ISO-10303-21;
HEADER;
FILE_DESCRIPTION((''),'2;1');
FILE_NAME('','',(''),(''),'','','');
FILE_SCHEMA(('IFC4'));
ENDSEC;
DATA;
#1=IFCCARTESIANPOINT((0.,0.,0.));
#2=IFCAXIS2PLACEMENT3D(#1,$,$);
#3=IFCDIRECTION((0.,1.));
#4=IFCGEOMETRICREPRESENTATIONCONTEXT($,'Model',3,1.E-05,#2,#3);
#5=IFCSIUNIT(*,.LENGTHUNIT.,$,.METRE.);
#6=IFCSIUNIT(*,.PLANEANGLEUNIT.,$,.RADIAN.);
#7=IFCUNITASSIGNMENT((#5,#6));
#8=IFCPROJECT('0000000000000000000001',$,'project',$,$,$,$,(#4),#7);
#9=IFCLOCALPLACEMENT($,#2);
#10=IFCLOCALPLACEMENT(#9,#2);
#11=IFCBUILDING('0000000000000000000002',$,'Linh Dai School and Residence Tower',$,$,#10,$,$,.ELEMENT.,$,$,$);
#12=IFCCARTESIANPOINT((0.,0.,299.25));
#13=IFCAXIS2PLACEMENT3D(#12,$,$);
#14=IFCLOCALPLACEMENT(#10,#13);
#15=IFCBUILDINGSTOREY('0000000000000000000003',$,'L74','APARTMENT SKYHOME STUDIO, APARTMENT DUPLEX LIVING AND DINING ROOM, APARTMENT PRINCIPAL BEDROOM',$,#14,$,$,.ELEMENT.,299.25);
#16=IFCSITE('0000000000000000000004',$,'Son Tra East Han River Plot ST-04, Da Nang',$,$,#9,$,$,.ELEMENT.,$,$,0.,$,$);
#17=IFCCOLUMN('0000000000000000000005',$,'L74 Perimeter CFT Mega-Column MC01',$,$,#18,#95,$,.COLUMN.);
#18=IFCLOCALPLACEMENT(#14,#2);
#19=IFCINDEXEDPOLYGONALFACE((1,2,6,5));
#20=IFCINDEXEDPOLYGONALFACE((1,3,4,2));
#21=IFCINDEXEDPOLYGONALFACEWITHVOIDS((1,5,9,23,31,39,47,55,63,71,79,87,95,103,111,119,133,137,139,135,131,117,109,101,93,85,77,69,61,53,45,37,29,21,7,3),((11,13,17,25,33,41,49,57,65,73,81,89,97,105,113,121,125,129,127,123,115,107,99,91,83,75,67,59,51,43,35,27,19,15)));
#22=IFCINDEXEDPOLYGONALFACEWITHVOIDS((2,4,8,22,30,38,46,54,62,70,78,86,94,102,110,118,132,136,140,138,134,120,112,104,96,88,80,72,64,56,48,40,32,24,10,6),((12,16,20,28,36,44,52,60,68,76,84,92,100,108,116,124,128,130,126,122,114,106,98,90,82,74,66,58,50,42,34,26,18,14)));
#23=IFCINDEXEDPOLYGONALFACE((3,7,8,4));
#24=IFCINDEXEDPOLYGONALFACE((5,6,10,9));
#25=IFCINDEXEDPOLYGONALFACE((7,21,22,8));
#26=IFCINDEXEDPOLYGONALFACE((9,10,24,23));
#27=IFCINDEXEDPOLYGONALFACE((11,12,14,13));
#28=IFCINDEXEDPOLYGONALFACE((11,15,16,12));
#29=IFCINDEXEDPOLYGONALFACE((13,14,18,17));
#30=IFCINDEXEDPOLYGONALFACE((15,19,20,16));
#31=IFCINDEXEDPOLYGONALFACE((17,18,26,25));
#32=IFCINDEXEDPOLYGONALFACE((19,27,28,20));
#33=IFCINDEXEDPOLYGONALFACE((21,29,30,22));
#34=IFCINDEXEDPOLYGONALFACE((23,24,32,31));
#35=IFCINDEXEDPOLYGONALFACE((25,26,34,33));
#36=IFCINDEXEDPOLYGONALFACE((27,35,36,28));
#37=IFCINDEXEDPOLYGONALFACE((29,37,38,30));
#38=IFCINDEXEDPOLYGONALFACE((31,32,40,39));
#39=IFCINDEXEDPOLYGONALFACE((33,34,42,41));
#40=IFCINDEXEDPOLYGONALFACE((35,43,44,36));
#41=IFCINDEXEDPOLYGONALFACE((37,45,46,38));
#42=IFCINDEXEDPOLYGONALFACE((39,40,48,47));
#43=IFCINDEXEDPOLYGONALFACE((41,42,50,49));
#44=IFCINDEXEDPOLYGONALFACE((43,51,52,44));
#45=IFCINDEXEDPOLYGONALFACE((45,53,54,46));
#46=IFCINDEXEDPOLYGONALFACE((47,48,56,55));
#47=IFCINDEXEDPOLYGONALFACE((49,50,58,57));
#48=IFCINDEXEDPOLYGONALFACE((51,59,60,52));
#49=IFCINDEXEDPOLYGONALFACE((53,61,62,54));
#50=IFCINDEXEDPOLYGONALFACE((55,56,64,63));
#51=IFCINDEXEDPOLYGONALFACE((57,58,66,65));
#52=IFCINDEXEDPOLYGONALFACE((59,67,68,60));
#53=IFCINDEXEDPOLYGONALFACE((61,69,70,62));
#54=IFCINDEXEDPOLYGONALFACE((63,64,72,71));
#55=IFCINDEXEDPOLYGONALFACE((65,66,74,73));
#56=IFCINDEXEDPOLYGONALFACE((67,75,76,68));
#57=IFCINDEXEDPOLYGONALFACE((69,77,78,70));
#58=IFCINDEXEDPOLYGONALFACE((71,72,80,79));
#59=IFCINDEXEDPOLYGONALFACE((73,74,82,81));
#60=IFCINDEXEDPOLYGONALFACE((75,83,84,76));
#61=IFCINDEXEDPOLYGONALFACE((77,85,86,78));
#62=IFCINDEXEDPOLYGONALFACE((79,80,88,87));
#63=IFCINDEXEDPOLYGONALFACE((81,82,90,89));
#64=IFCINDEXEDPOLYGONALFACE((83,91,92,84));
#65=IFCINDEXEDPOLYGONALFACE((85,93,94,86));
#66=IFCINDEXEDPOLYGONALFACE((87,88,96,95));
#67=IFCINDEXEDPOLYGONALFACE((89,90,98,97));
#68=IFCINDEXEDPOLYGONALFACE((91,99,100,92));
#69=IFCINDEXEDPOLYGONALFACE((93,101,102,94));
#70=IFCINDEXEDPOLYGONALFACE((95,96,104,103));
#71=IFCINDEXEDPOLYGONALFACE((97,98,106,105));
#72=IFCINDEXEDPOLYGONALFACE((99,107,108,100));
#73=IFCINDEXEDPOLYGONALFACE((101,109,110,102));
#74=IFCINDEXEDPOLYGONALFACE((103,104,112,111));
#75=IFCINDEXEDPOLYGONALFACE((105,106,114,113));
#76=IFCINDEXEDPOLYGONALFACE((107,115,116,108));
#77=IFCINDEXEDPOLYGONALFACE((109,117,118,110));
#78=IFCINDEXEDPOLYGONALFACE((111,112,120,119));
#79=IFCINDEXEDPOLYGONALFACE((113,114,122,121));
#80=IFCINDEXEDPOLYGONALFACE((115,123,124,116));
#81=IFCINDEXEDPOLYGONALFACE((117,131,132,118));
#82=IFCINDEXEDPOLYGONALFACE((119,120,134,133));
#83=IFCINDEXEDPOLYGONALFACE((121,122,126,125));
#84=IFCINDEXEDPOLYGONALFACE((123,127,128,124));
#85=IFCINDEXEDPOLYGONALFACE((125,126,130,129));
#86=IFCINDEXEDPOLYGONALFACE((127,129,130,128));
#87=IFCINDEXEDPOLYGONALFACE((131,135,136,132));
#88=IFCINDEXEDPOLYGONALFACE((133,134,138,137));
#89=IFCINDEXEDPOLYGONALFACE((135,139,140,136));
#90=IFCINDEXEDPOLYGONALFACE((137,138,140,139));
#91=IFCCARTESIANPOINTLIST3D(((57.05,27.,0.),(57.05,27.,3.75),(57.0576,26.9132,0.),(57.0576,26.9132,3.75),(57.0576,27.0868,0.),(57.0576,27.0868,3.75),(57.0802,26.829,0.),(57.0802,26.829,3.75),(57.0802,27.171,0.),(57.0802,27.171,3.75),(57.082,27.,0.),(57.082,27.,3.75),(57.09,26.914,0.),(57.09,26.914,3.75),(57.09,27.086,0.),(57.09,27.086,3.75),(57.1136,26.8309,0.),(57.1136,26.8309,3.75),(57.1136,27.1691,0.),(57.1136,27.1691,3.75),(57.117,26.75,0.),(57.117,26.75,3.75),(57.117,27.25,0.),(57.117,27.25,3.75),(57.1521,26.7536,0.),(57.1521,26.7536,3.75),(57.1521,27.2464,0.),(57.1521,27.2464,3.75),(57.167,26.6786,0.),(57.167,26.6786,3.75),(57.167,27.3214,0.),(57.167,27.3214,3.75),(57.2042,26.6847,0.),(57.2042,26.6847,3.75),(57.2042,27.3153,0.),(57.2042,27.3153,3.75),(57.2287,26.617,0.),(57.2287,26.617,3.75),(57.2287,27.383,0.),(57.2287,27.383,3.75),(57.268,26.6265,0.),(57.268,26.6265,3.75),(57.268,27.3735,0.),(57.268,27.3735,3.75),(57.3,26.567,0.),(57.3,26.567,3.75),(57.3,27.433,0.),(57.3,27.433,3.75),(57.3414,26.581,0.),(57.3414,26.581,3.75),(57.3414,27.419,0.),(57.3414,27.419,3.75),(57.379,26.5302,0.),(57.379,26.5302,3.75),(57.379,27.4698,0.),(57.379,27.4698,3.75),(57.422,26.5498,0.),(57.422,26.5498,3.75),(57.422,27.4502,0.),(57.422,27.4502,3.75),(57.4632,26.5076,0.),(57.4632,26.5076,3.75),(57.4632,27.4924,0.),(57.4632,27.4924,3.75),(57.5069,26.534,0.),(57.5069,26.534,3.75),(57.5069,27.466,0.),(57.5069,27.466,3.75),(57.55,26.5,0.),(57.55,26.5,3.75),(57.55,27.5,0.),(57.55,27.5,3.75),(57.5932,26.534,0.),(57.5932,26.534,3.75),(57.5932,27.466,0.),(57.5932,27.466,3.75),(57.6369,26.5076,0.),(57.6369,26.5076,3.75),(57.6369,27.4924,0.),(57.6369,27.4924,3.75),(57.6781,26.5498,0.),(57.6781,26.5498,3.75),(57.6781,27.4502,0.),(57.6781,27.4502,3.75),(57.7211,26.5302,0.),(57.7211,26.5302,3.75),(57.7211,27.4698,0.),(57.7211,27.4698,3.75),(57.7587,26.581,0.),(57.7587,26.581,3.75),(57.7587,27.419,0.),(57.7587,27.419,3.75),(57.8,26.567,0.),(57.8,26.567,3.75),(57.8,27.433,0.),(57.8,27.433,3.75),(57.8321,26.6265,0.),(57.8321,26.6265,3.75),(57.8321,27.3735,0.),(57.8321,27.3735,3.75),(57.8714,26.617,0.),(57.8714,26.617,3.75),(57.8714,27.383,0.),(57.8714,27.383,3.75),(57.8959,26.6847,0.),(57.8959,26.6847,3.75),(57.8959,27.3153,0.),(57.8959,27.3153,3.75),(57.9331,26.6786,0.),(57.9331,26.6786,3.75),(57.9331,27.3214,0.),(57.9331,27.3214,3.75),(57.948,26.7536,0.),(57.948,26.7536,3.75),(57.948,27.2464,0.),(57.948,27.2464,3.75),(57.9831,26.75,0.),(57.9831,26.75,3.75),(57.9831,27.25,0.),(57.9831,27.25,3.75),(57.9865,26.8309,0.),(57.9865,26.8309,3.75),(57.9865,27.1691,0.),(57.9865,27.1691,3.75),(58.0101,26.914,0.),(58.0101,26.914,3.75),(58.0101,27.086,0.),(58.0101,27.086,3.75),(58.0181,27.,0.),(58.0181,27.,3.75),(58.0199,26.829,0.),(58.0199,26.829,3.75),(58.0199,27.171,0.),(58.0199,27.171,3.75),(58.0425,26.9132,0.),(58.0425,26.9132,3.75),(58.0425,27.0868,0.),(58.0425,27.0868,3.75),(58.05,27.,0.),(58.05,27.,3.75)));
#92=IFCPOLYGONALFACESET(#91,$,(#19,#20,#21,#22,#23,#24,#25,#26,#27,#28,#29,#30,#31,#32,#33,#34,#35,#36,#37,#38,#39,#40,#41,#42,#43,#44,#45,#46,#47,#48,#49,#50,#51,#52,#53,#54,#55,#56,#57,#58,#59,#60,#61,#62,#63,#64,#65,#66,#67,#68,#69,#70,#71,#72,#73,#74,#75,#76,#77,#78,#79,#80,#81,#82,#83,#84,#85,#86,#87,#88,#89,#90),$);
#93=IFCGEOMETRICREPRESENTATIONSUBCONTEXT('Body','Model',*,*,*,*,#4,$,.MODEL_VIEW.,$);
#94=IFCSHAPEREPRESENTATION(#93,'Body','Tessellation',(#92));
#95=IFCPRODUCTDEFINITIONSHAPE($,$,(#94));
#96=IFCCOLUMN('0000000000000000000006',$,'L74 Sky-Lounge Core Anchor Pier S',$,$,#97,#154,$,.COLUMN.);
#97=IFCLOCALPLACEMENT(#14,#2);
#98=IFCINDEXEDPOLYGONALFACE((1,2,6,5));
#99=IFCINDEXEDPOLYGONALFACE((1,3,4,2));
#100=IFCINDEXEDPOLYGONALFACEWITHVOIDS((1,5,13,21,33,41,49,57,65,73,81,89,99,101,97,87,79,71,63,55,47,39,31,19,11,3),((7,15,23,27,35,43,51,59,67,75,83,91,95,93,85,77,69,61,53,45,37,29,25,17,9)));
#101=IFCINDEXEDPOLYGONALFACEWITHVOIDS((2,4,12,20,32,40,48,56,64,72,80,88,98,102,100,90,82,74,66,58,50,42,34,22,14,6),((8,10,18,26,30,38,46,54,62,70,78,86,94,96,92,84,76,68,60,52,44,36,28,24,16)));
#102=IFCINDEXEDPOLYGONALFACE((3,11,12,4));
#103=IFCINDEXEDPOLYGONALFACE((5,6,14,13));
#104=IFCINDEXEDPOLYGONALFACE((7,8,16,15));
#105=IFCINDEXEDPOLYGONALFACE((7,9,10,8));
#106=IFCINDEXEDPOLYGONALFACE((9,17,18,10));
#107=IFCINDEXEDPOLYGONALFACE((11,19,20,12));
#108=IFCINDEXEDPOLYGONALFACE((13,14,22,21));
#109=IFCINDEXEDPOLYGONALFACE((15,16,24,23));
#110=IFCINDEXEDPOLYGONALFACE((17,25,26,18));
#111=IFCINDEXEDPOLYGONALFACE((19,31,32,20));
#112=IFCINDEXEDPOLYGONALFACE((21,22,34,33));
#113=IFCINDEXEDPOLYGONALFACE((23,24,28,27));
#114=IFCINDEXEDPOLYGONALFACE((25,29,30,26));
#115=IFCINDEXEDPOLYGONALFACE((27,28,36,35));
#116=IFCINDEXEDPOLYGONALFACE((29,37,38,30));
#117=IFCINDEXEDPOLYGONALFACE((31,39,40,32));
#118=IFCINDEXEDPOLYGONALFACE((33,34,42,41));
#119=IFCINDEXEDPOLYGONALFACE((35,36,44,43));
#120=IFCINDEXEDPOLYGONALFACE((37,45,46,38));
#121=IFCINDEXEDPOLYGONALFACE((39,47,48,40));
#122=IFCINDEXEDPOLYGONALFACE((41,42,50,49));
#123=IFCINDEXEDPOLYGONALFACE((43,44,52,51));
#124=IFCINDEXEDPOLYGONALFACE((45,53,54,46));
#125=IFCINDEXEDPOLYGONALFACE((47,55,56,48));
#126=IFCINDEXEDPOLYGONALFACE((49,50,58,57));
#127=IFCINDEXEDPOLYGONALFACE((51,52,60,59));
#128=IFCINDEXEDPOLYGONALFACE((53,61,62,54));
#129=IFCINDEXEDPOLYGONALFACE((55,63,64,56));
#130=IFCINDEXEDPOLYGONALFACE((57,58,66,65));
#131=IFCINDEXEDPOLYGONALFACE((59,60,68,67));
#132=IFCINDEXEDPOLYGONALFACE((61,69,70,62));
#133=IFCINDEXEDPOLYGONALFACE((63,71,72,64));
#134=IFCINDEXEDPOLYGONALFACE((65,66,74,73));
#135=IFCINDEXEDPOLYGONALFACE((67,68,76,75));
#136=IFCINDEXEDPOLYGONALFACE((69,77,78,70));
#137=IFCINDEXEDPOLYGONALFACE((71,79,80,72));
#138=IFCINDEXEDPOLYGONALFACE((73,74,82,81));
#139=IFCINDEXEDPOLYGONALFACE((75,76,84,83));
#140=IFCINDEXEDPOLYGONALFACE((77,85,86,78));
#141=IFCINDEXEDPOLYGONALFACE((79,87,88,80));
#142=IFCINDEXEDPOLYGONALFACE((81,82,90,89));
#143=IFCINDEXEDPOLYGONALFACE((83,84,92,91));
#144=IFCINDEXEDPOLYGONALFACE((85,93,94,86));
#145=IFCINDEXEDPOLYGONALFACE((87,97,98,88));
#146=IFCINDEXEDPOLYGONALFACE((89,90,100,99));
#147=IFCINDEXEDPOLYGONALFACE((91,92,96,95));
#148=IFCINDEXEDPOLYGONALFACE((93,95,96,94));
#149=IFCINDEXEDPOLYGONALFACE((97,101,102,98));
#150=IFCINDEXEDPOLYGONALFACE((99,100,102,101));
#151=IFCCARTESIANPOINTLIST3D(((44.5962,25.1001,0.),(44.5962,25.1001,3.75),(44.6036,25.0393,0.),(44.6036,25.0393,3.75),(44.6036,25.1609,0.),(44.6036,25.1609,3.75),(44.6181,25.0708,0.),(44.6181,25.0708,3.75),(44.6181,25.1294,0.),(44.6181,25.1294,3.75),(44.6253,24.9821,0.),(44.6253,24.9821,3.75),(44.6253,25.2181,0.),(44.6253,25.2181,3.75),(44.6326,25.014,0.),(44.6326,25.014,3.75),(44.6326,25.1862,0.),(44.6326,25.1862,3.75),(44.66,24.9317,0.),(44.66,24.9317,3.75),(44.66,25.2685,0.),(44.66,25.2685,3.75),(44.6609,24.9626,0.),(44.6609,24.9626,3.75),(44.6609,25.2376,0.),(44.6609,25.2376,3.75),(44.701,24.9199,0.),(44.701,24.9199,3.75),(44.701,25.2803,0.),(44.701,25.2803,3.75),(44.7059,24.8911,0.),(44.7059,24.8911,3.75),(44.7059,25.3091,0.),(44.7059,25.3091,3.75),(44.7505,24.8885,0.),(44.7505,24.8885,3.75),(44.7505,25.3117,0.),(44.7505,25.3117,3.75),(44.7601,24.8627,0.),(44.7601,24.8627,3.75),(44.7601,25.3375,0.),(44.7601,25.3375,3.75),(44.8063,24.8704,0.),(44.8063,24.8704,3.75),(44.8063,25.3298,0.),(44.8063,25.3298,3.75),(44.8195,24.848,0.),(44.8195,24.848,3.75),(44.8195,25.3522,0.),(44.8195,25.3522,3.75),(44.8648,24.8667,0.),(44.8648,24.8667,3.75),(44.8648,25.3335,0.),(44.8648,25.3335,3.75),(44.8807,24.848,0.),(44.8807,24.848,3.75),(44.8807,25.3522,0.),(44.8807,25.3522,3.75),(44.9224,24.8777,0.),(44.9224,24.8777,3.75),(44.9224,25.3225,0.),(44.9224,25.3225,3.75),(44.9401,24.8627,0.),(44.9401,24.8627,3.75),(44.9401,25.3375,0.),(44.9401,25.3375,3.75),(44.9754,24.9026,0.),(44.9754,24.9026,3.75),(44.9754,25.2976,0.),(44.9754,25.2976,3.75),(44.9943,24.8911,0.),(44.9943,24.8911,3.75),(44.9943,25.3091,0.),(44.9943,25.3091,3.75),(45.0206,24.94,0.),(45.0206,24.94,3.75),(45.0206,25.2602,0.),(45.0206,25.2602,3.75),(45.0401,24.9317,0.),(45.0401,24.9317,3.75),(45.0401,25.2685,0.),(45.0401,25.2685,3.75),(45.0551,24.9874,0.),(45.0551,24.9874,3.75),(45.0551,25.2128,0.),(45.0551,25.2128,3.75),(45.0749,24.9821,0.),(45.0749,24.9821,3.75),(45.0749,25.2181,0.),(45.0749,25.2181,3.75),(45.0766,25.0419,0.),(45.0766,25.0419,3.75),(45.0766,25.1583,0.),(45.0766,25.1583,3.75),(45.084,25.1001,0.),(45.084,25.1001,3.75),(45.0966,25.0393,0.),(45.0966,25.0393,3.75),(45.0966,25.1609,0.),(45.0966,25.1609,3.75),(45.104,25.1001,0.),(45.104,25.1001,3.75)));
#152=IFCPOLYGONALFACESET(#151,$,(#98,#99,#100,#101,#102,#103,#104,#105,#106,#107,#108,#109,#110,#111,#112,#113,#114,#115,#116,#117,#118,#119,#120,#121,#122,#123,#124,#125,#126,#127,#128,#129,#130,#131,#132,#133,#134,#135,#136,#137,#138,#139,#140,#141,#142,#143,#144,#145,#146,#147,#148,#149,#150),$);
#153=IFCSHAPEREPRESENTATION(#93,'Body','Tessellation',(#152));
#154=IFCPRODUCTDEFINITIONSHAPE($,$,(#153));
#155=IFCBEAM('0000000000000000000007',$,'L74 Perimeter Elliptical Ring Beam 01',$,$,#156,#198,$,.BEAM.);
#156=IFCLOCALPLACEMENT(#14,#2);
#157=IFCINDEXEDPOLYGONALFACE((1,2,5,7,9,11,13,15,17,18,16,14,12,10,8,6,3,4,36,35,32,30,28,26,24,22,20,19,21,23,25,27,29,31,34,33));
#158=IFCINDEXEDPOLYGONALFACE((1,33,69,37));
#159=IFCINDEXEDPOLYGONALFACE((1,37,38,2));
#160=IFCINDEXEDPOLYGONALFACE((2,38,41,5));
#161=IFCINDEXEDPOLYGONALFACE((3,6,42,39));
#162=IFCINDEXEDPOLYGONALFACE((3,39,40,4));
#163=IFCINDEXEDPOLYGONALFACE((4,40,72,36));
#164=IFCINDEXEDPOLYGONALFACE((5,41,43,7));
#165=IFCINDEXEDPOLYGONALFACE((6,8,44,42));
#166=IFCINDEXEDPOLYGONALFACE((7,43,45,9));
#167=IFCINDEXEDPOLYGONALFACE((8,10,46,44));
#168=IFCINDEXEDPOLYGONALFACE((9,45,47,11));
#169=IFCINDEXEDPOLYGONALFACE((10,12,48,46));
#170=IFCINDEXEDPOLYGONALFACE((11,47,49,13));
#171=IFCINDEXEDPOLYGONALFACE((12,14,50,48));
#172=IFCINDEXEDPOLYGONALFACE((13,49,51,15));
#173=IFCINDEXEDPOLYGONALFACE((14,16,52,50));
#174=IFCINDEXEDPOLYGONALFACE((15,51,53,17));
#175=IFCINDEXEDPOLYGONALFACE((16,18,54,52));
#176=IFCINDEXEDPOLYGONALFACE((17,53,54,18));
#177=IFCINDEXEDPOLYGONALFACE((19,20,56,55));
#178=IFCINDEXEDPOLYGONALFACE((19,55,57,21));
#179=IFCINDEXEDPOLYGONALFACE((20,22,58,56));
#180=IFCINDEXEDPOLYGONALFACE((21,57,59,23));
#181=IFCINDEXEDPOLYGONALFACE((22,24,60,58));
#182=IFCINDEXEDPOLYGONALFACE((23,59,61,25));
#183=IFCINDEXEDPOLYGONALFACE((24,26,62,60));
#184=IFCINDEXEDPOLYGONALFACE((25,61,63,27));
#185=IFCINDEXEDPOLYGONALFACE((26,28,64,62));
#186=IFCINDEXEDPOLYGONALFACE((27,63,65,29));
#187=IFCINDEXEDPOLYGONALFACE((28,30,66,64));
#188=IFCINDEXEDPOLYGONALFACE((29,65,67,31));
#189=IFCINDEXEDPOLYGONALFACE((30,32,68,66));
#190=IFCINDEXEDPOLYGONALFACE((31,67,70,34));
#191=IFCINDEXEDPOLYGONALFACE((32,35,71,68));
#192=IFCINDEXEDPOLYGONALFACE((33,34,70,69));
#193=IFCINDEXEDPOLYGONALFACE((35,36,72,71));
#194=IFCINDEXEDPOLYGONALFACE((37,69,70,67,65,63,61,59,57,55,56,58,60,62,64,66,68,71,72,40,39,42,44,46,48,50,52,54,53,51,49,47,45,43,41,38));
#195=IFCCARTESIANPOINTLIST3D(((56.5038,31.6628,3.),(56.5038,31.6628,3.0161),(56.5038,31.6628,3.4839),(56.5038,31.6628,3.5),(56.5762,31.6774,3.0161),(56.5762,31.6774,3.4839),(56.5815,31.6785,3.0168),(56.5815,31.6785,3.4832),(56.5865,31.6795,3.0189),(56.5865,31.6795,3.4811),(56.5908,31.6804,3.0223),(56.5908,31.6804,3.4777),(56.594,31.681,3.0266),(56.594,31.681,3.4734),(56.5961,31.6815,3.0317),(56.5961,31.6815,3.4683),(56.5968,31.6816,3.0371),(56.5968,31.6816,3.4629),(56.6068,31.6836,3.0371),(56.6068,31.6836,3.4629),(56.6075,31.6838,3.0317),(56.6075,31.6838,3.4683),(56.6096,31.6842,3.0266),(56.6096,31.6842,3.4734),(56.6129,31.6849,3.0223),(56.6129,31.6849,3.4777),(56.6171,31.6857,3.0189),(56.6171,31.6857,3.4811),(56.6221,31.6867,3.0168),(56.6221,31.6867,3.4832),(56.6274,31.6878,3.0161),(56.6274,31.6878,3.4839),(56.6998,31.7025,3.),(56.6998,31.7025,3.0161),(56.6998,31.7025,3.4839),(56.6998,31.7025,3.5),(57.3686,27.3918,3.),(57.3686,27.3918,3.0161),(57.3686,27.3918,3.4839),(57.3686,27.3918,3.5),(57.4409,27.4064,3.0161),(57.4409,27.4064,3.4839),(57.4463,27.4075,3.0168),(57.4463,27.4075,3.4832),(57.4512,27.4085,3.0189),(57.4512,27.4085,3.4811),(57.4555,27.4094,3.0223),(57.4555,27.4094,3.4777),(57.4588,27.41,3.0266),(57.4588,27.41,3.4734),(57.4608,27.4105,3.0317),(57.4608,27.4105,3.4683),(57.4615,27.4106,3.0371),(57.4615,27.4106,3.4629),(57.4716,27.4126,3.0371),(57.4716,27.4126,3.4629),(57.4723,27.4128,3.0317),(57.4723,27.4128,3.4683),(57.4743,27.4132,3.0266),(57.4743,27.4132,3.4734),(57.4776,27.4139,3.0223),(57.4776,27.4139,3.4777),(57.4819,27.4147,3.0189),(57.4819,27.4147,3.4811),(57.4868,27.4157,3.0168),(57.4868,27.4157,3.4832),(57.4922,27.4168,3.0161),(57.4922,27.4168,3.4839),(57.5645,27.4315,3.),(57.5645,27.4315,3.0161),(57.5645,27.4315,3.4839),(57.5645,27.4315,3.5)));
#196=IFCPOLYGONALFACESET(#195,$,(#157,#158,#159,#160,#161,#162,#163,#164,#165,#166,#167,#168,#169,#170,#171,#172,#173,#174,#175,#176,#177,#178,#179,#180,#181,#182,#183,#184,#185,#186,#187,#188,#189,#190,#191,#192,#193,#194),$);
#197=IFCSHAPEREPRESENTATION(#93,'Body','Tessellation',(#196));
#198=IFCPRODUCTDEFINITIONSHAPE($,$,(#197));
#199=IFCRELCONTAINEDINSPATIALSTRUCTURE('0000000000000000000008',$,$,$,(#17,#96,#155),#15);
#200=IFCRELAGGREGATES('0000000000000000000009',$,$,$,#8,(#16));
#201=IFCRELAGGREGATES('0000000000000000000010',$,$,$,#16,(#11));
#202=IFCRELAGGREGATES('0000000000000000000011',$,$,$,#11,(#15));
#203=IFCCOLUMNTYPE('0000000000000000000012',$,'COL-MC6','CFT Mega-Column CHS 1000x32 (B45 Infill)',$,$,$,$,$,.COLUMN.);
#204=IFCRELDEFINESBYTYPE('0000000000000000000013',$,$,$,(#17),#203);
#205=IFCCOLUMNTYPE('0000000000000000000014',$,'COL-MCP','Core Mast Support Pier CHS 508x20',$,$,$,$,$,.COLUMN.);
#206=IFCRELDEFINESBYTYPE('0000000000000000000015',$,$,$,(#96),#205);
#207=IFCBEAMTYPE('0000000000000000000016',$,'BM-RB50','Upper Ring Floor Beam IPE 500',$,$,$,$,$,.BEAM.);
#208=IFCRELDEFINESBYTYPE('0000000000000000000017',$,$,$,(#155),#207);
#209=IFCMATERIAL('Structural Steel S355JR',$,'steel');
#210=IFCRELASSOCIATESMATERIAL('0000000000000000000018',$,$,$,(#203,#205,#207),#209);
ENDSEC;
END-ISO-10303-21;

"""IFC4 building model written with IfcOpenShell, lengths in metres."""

from ifc_helpers import new_model, si_unit, direction, frame, origin, origin_2d, place, context, subcontext, project, spatial, hollow_circle, i_section, extrude, material, material_profile, profile_set, type_object, element, save


model = new_model("IFC4")

# Units and contexts
model_context = context("Model", 3, precision=1e-05, world=origin(), true_north=direction((0.0, 1.0)))
body_context = subcontext(model_context, "Body", "Model", "MODEL_VIEW")
ifc_project = project(units=[si_unit("LENGTHUNIT", "METRE"), si_unit("PLANEANGLEUNIT", "RADIAN")], contexts=[model_context])

# Site, building, storey
site_placement = place(None, origin())
site = spatial("IfcSite", under=ifc_project, at=site_placement, Name="Son Tra East Han River Plot ST-04, Da Nang", CompositionType="ELEMENT", RefElevation=0.0)
building_placement = place(site_placement, origin())
building = spatial("IfcBuilding", under=site, at=building_placement, Name="Linh Dai School and Residence Tower", CompositionType="ELEMENT")
storey_placement = place(building_placement, frame((0.0, 0.0, 299.25)))
storey = spatial("IfcBuildingStorey", under=building, at=storey_placement, Name="L74", Description="APARTMENT SKYHOME STUDIO, APARTMENT DUPLEX LIVING AND DINING ROOM, APARTMENT PRINCIPAL BEDROOM", CompositionType="ELEMENT", Elevation=299.25)

# Columns
ifc_material_1 = material(Name="Structural Steel S355JR", Category="steel")
ifc_material_profile_1 = material_profile(ifc_material_1, hollow_circle(Radius=0.5, WallThickness=0.032, at=origin_2d()), Name="CHS 1000x32")
ifc_profile_set_1 = profile_set([ifc_material_profile_1], Name="Structural Steel S355JR")
column_type_1 = type_object("IfcColumnType", Name="COL-MC6", Description="CFT Mega-Column CHS 1000x32 (B45 Infill)", PredefinedType="COLUMN", material=ifc_profile_set_1)
column_1_placement = place(storey_placement, frame((57.55, 27.0, 0.0), z_axis=(0.0, 0.0, 1.0), x_axis=(1.0, 0.0, 0.0)))
element("IfcColumn", 1, at=column_1_placement, inside=storey, type_object=column_type_1, Name="L74 Perimeter CFT Mega-Column MC01", PredefinedType="COLUMN", context=body_context, shape_type="SweptSolid", body=[
    extrude(hollow_circle(Radius=0.5, WallThickness=0.032, at=origin_2d()), origin(), (0.0, 0.0, 1.0), 3.75),
])
ifc_material_profile_2 = material_profile(ifc_material_1, hollow_circle(Radius=0.2539, WallThickness=0.02, at=origin_2d()), Name="CHS 508x20")
ifc_profile_set_2 = profile_set([ifc_material_profile_2], Name="Structural Steel S355JR")
column_type_2 = type_object("IfcColumnType", Name="COL-MCP", Description="Core Mast Support Pier CHS 508x20", PredefinedType="COLUMN", material=ifc_profile_set_2)
column_2_placement = place(storey_placement, frame((44.8501, 25.1001, 0.0), z_axis=(0.0, 0.0, 1.0), x_axis=(1.0, 0.0, 0.0)))
element("IfcColumn", 2, at=column_2_placement, inside=storey, type_object=column_type_2, Name="L74 Sky-Lounge Core Anchor Pier S", PredefinedType="COLUMN", context=body_context, shape_type="SweptSolid", body=[
    extrude(hollow_circle(Radius=0.2539, WallThickness=0.02, at=origin_2d()), origin(), (0.0, 0.0, 1.0), 3.75),
])

# Beam
ifc_material_profile_3 = material_profile(ifc_material_1, i_section(OverallWidth=0.2, OverallDepth=0.5, WebThickness=0.0103, FlangeThickness=0.0161, FilletRadius=0.021, at=origin_2d()), Name="IPE 500")
ifc_profile_set_3 = profile_set([ifc_material_profile_3], Name="Structural Steel S355JR")
beam_type_1 = type_object("IfcBeamType", Name="BM-RB50", Description="Upper Ring Floor Beam IPE 500", PredefinedType="BEAM", material=ifc_profile_set_3)
beam_1_placement = place(storey_placement, frame((57.4666, 27.4116, 3.25), z_axis=(-0.198443, 0.980112, 0.0), x_axis=(-0.980112, -0.198443, 0.0)))
element("IfcBeam", 3, at=beam_1_placement, inside=storey, type_object=beam_type_1, Name="L74 Perimeter Elliptical Ring Beam 01", PredefinedType="BEAM", context=body_context, shape_type="SweptSolid", body=[
    extrude(i_section(OverallWidth=0.2, OverallDepth=0.5, WebThickness=0.0103, FlangeThickness=0.0161, FilletRadius=0.021, at=origin_2d()), origin(), (0.0, 0.0, 1.0), 4.3577),
])

save(model, "model.ifc")
